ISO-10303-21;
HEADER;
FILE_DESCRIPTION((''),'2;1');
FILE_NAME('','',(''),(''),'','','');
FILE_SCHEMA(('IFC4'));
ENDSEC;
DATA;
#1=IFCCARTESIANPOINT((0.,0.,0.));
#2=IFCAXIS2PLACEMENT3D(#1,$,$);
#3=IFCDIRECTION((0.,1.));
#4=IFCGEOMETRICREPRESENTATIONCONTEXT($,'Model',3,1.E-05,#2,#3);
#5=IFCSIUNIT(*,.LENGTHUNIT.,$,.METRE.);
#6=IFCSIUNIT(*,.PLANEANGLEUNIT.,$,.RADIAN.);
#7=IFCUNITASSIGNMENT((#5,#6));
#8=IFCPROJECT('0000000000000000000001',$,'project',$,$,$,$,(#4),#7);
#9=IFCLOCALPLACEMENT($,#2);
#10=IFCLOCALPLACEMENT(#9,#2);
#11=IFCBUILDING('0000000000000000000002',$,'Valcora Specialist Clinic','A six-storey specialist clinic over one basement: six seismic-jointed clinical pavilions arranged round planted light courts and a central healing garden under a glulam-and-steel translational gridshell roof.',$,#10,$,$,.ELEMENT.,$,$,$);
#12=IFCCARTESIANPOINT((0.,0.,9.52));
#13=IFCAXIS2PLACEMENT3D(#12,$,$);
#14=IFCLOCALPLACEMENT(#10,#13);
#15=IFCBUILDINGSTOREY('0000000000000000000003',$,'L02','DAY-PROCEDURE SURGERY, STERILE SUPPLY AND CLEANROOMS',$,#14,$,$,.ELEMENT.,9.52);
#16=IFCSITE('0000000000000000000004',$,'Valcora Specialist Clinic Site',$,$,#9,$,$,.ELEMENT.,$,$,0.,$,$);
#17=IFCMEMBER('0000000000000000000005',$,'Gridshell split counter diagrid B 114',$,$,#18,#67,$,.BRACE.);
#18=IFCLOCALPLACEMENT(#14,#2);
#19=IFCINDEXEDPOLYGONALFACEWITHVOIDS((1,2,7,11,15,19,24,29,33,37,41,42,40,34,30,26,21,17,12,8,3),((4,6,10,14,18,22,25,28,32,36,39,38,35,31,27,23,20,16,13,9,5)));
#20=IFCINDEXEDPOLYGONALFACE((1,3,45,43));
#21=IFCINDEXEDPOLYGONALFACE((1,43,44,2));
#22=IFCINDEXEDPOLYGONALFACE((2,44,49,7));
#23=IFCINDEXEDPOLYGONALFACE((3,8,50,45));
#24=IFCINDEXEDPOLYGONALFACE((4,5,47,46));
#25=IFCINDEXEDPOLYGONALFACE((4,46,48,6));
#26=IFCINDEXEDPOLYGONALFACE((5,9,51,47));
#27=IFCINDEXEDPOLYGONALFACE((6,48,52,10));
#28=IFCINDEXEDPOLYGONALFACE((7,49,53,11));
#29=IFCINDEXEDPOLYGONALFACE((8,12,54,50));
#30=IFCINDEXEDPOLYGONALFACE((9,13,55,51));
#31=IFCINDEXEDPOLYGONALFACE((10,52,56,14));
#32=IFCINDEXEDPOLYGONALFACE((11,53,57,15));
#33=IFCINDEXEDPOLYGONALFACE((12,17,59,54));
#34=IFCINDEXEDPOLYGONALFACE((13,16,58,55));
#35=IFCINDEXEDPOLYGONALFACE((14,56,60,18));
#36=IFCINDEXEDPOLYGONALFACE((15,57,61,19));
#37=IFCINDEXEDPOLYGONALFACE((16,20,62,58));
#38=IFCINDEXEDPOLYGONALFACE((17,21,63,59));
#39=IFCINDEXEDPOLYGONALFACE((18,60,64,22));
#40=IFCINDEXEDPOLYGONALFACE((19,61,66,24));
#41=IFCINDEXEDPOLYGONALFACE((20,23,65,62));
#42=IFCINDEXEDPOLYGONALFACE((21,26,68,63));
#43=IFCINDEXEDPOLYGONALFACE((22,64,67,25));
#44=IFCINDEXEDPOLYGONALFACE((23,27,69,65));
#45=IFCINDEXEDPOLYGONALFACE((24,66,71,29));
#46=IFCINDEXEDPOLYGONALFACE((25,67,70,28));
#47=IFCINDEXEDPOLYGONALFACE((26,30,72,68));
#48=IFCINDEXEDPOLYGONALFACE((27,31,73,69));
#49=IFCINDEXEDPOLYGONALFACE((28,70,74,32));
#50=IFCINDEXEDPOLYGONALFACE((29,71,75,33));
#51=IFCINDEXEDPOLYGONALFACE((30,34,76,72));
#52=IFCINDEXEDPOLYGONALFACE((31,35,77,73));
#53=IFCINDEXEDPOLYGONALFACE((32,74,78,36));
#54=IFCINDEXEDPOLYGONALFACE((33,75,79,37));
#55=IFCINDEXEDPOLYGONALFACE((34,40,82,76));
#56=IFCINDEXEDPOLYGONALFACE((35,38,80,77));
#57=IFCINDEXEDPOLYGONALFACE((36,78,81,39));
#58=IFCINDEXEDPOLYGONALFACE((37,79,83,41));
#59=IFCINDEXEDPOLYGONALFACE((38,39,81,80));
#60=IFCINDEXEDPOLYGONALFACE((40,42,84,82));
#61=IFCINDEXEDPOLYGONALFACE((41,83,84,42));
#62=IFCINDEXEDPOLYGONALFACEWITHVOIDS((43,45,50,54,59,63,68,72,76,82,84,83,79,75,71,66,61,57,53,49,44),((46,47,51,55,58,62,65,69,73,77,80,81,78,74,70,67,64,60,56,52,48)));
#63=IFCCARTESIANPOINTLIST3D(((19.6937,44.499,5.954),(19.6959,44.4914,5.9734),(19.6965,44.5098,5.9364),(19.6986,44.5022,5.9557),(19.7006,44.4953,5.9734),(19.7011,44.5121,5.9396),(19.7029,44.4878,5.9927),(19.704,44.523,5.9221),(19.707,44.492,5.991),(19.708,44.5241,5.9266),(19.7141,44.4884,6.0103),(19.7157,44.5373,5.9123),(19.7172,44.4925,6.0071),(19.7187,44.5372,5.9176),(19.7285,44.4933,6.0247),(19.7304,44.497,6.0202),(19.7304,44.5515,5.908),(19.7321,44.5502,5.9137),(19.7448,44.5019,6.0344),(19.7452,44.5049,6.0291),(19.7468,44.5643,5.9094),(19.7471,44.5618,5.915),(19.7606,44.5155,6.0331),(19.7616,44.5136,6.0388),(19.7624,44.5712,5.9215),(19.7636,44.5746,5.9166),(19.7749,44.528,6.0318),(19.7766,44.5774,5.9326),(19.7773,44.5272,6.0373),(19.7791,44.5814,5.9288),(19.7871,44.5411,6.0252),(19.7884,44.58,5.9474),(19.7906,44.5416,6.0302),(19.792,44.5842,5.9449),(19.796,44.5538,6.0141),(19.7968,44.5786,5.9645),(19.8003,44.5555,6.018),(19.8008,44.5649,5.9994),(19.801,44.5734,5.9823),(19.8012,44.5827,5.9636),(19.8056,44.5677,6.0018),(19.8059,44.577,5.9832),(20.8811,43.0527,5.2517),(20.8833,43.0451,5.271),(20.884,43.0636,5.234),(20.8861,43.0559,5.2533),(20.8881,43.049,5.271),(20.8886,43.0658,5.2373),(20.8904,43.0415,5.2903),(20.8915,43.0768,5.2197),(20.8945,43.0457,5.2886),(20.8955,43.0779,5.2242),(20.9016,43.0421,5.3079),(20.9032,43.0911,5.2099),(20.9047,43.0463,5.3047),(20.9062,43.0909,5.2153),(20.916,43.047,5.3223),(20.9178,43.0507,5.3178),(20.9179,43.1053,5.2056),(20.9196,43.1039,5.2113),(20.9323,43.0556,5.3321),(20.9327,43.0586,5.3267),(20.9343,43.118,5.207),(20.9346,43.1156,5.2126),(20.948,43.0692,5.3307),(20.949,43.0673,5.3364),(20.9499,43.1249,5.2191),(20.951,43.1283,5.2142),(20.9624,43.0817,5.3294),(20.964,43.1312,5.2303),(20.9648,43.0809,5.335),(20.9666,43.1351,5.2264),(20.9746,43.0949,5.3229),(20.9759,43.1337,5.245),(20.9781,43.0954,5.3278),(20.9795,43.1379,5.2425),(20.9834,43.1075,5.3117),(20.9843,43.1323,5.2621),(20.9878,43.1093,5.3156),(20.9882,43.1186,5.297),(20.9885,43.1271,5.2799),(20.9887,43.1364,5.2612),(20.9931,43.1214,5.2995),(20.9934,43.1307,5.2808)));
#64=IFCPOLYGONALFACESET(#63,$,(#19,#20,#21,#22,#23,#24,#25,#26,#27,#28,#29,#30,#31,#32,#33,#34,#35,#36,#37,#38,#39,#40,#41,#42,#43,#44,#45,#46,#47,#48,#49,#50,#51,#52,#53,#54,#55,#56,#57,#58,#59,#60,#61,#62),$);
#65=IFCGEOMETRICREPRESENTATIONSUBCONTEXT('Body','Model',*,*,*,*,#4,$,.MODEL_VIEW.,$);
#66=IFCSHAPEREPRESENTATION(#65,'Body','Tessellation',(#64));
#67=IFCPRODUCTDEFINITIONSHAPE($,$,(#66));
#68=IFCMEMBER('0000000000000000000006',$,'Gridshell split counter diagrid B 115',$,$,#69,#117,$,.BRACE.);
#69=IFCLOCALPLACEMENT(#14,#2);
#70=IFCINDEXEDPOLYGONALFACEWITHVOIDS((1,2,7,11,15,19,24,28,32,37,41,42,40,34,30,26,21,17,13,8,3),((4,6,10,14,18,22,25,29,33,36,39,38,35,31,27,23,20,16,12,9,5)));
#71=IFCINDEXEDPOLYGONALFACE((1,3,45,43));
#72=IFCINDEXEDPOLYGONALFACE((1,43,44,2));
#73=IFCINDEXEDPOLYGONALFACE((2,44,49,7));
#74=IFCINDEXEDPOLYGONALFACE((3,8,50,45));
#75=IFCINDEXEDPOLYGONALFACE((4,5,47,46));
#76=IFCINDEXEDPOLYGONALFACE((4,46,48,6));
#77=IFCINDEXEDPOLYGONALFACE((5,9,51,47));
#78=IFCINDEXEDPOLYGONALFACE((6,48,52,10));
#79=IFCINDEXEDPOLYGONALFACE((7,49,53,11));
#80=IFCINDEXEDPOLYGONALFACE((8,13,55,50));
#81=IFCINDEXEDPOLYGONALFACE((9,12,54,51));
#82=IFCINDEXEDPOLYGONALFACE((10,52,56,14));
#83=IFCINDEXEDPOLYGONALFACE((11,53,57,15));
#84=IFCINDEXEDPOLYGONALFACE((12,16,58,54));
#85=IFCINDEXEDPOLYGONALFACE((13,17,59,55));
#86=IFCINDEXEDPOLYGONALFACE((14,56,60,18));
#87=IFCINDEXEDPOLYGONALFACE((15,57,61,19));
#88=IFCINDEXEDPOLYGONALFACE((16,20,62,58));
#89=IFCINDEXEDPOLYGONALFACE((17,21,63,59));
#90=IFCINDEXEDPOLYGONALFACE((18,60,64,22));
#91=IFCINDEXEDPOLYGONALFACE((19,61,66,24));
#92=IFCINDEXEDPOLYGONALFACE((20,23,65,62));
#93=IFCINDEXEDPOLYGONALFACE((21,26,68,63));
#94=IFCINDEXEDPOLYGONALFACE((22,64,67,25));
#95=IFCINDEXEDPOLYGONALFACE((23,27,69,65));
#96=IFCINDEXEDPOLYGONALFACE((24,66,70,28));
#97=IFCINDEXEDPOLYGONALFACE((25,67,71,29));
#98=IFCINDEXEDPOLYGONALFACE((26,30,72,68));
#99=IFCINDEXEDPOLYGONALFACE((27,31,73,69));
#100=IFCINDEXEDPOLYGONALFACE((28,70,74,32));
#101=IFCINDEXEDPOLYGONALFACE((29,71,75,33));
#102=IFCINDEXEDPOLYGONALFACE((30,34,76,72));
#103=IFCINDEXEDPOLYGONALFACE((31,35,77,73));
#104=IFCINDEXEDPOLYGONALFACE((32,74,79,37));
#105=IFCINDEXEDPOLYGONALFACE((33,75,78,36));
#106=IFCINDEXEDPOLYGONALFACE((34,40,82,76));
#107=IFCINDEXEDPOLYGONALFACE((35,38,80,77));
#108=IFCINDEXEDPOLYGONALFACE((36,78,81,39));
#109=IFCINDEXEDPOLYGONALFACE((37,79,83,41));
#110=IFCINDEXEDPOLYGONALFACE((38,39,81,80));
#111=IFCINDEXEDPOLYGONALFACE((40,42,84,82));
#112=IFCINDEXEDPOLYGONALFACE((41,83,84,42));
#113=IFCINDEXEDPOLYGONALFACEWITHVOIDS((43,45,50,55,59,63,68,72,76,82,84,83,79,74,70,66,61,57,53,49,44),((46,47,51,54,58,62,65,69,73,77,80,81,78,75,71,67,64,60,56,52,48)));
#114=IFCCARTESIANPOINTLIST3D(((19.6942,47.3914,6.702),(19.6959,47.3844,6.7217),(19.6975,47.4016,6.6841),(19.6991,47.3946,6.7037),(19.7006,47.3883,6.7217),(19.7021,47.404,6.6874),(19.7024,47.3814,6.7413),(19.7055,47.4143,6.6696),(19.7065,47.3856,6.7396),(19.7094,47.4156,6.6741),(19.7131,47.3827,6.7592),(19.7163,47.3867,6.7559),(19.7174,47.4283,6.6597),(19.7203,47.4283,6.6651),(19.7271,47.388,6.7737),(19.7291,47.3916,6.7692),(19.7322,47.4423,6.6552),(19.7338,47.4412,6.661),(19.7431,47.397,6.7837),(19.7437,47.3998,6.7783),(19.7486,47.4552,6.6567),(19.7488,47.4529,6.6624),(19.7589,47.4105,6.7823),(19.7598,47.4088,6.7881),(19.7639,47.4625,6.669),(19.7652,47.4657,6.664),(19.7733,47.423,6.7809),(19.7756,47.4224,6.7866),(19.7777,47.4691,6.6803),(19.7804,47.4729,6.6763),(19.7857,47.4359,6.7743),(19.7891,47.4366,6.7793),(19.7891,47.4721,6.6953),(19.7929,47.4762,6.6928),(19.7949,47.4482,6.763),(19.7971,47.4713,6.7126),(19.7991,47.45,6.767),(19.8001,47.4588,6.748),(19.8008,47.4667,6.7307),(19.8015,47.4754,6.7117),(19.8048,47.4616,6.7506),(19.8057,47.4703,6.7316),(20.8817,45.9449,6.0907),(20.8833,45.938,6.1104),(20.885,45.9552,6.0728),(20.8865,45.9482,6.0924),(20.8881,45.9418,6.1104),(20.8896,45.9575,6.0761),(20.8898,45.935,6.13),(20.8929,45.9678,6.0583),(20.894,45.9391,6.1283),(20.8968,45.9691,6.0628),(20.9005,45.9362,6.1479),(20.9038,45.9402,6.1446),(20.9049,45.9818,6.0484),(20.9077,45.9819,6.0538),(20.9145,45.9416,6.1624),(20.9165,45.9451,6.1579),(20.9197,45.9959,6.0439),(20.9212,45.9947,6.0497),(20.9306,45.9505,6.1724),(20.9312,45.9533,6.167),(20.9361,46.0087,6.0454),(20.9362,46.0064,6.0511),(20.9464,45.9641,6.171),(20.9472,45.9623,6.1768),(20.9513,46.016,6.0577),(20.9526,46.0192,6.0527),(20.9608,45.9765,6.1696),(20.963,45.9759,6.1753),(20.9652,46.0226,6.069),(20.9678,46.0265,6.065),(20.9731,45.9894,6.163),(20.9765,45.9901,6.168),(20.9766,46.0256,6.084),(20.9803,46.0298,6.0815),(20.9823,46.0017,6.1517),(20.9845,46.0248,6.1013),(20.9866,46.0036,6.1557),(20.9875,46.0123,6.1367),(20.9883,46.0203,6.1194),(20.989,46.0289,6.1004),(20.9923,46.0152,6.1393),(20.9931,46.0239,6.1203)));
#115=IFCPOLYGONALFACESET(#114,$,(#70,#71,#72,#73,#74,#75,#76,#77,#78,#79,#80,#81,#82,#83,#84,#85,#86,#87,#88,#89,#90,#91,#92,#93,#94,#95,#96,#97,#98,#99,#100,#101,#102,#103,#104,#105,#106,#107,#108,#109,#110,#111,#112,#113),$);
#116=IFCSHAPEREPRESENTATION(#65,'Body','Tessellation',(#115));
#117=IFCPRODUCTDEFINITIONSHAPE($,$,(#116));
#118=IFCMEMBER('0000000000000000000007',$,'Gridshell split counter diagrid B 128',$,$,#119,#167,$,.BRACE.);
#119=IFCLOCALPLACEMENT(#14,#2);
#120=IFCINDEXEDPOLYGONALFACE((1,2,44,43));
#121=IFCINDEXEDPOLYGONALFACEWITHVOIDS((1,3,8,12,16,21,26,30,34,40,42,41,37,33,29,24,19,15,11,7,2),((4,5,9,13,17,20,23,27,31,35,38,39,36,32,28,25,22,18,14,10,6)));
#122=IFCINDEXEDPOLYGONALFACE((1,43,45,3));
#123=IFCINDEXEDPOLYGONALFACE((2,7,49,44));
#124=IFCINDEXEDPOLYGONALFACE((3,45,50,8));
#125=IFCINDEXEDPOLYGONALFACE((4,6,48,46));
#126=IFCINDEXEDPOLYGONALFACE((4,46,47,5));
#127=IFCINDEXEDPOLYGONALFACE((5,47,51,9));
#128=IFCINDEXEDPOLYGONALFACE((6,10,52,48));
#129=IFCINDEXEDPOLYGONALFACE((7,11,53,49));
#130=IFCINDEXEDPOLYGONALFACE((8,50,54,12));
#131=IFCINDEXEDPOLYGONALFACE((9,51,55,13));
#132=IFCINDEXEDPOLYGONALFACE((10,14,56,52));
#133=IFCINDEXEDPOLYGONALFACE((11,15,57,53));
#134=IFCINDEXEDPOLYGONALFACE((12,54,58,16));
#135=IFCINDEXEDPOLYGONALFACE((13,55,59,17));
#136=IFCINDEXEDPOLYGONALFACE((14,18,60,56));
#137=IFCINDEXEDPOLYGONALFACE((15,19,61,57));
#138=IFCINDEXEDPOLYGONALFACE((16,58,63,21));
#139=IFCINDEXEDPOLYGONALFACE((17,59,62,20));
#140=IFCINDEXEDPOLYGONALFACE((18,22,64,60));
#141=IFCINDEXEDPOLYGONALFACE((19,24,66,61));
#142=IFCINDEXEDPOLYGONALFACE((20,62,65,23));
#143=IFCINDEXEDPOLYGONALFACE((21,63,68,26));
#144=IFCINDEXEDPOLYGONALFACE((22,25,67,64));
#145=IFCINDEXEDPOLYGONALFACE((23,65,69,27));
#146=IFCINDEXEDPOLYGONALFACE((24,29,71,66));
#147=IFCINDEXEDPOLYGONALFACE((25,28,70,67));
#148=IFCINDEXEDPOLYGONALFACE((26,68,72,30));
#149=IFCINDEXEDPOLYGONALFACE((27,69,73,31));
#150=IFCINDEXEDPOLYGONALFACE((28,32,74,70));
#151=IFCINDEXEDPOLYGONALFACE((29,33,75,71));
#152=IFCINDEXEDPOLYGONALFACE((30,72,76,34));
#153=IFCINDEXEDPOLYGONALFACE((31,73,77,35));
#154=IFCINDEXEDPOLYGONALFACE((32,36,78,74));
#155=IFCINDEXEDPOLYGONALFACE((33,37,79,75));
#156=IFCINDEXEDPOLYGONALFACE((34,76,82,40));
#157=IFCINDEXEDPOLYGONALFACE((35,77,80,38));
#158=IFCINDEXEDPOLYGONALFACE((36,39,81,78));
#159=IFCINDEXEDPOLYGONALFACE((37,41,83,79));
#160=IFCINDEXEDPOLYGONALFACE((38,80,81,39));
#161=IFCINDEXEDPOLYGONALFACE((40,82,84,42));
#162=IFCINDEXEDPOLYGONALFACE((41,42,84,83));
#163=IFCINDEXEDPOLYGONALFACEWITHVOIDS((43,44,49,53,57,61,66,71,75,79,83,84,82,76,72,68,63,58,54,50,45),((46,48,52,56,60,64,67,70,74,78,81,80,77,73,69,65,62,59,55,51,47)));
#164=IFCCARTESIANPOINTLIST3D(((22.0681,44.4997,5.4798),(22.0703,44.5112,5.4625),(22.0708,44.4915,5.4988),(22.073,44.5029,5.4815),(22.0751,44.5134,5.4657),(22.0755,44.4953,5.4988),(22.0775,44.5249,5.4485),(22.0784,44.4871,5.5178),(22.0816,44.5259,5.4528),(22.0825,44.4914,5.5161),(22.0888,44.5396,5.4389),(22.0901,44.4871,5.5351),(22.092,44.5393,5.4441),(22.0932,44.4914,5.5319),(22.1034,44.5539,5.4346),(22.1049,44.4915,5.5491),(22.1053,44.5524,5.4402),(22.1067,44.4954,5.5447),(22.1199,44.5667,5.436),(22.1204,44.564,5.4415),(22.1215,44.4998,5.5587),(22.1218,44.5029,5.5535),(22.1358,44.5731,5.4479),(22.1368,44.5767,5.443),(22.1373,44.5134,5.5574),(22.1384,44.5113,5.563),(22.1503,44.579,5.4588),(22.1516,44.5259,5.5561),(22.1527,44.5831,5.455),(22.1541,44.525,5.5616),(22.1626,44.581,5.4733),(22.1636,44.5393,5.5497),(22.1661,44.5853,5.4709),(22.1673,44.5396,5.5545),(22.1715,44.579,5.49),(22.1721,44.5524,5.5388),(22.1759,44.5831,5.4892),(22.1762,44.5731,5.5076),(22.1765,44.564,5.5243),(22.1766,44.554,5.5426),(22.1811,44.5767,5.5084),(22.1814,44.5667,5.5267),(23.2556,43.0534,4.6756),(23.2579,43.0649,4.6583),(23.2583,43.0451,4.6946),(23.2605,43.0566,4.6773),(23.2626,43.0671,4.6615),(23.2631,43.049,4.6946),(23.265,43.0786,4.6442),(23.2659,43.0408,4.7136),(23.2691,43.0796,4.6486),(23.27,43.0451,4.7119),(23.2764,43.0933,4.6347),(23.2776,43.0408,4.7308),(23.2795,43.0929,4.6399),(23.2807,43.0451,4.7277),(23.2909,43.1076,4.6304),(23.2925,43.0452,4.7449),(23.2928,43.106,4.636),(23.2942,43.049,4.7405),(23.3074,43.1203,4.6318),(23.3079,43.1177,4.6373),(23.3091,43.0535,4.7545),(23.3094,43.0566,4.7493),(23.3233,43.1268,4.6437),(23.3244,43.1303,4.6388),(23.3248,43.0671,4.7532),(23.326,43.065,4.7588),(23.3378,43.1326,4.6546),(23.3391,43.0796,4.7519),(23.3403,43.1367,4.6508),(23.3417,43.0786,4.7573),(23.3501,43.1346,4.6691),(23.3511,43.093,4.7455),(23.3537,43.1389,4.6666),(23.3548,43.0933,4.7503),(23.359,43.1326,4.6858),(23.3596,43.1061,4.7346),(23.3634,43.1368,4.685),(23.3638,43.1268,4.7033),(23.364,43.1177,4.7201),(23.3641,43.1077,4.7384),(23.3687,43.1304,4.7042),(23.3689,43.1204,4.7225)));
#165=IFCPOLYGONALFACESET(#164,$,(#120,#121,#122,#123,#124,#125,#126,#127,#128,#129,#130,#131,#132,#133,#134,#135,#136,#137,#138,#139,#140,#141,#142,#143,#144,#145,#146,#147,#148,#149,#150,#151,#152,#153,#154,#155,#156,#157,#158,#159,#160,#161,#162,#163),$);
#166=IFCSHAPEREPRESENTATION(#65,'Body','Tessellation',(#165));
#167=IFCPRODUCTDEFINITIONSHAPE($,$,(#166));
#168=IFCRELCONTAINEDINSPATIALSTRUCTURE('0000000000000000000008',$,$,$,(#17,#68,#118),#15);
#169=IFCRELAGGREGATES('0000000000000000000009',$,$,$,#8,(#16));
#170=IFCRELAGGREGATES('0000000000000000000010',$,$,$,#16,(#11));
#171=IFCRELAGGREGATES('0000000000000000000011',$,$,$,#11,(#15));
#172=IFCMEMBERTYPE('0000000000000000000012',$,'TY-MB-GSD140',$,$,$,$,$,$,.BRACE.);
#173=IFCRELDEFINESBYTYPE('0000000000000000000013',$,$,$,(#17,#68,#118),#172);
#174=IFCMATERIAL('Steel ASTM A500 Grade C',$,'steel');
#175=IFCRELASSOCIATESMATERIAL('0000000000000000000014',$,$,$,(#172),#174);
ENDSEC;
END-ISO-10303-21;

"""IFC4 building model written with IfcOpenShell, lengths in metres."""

from ifc_helpers import new_model, si_unit, direction, frame, origin, origin_2d, place, context, subcontext, project, spatial, hollow_circle, extrude, material, material_profile, profile_set, type_object, element, save


model = new_model("IFC4")

# Units and contexts
model_context = context("Model", 3, precision=1e-05, world=origin(), true_north=direction((0.0, 1.0)))
body_context = subcontext(model_context, "Body", "Model", "MODEL_VIEW")
ifc_project = project(units=[si_unit("LENGTHUNIT", "METRE"), si_unit("PLANEANGLEUNIT", "RADIAN")], contexts=[model_context])

# Site, building, storey
site_placement = place(None, origin())
site = spatial("IfcSite", under=ifc_project, at=site_placement, Name="Valcora Specialist Clinic Site", CompositionType="ELEMENT", RefElevation=0.0)
building_placement = place(site_placement, origin())
building = spatial("IfcBuilding", under=site, at=building_placement, Name="Valcora Specialist Clinic", Description="A six-storey specialist clinic over one basement: six seismic-jointed clinical pavilions arranged round planted light courts and a central healing garden under a glulam-and-steel translational gridshell roof.", CompositionType="ELEMENT")
storey_placement = place(building_placement, frame((0.0, 0.0, 9.52)))
storey = spatial("IfcBuildingStorey", under=building, at=storey_placement, Name="L02", Description="DAY-PROCEDURE SURGERY, STERILE SUPPLY AND CLEANROOMS", CompositionType="ELEMENT", Elevation=9.52)

# Members
ifc_material_1 = material(Name="Steel ASTM A500 Grade C", Category="steel")
ifc_material_profile_1 = material_profile(ifc_material_1, hollow_circle(Radius=0.0701, WallThickness=0.0061, at=origin_2d()), Name="ST-CHS-140X6")
ifc_profile_set_1 = profile_set([ifc_material_profile_1], Name="Steel ASTM A500 Grade C")
member_type_1 = type_object("IfcMemberType", Name="TY-MB-GSD140", PredefinedType="BRACE", material=ifc_profile_set_1)
member_1_placement = place(storey_placement, frame((20.9375, 43.0896, 5.271), z_axis=(-0.594102, 0.723573, 0.351404), x_axis=(-0.772863, -0.634572, 0.0)))
element("IfcMember", 1, at=member_1_placement, inside=storey, type_object=member_type_1, Name="Gridshell split counter diagrid B 114", PredefinedType="BRACE", context=body_context, shape_type="SweptSolid", body=[
    extrude(hollow_circle(Radius=0.0701, WallThickness=0.0061, at=origin_2d()), origin(), (0.0, 0.0, 1.0), 1.9988),
])
member_2_placement = place(storey_placement, frame((20.9375, 45.9824, 6.1104), z_axis=(-0.603147, 0.734713, 0.310501), x_axis=(-0.772916, -0.634508, 0.0)))
element("IfcMember", 2, at=member_2_placement, inside=storey, type_object=member_type_1, Name="Gridshell split counter diagrid B 115", PredefinedType="BRACE", context=body_context, shape_type="SweptSolid", body=[
    extrude(hollow_circle(Radius=0.0701, WallThickness=0.0061, at=origin_2d()), origin(), (0.0, 0.0, 1.0), 1.9688),
])
member_3_placement = place(storey_placement, frame((23.3125, 43.0896, 4.6946), z_axis=(-0.583016, 0.710071, 0.39483), x_axis=(-0.772863, -0.634572, 0.0)))
element("IfcMember", 3, at=member_3_placement, inside=storey, type_object=member_type_1, Name="Gridshell split counter diagrid B 128", PredefinedType="BRACE", context=body_context, shape_type="SweptSolid", body=[
    extrude(hollow_circle(Radius=0.0701, WallThickness=0.0061, at=origin_2d()), origin(), (0.0, 0.0, 1.0), 2.0369),
])

save(model, "model.ifc")
